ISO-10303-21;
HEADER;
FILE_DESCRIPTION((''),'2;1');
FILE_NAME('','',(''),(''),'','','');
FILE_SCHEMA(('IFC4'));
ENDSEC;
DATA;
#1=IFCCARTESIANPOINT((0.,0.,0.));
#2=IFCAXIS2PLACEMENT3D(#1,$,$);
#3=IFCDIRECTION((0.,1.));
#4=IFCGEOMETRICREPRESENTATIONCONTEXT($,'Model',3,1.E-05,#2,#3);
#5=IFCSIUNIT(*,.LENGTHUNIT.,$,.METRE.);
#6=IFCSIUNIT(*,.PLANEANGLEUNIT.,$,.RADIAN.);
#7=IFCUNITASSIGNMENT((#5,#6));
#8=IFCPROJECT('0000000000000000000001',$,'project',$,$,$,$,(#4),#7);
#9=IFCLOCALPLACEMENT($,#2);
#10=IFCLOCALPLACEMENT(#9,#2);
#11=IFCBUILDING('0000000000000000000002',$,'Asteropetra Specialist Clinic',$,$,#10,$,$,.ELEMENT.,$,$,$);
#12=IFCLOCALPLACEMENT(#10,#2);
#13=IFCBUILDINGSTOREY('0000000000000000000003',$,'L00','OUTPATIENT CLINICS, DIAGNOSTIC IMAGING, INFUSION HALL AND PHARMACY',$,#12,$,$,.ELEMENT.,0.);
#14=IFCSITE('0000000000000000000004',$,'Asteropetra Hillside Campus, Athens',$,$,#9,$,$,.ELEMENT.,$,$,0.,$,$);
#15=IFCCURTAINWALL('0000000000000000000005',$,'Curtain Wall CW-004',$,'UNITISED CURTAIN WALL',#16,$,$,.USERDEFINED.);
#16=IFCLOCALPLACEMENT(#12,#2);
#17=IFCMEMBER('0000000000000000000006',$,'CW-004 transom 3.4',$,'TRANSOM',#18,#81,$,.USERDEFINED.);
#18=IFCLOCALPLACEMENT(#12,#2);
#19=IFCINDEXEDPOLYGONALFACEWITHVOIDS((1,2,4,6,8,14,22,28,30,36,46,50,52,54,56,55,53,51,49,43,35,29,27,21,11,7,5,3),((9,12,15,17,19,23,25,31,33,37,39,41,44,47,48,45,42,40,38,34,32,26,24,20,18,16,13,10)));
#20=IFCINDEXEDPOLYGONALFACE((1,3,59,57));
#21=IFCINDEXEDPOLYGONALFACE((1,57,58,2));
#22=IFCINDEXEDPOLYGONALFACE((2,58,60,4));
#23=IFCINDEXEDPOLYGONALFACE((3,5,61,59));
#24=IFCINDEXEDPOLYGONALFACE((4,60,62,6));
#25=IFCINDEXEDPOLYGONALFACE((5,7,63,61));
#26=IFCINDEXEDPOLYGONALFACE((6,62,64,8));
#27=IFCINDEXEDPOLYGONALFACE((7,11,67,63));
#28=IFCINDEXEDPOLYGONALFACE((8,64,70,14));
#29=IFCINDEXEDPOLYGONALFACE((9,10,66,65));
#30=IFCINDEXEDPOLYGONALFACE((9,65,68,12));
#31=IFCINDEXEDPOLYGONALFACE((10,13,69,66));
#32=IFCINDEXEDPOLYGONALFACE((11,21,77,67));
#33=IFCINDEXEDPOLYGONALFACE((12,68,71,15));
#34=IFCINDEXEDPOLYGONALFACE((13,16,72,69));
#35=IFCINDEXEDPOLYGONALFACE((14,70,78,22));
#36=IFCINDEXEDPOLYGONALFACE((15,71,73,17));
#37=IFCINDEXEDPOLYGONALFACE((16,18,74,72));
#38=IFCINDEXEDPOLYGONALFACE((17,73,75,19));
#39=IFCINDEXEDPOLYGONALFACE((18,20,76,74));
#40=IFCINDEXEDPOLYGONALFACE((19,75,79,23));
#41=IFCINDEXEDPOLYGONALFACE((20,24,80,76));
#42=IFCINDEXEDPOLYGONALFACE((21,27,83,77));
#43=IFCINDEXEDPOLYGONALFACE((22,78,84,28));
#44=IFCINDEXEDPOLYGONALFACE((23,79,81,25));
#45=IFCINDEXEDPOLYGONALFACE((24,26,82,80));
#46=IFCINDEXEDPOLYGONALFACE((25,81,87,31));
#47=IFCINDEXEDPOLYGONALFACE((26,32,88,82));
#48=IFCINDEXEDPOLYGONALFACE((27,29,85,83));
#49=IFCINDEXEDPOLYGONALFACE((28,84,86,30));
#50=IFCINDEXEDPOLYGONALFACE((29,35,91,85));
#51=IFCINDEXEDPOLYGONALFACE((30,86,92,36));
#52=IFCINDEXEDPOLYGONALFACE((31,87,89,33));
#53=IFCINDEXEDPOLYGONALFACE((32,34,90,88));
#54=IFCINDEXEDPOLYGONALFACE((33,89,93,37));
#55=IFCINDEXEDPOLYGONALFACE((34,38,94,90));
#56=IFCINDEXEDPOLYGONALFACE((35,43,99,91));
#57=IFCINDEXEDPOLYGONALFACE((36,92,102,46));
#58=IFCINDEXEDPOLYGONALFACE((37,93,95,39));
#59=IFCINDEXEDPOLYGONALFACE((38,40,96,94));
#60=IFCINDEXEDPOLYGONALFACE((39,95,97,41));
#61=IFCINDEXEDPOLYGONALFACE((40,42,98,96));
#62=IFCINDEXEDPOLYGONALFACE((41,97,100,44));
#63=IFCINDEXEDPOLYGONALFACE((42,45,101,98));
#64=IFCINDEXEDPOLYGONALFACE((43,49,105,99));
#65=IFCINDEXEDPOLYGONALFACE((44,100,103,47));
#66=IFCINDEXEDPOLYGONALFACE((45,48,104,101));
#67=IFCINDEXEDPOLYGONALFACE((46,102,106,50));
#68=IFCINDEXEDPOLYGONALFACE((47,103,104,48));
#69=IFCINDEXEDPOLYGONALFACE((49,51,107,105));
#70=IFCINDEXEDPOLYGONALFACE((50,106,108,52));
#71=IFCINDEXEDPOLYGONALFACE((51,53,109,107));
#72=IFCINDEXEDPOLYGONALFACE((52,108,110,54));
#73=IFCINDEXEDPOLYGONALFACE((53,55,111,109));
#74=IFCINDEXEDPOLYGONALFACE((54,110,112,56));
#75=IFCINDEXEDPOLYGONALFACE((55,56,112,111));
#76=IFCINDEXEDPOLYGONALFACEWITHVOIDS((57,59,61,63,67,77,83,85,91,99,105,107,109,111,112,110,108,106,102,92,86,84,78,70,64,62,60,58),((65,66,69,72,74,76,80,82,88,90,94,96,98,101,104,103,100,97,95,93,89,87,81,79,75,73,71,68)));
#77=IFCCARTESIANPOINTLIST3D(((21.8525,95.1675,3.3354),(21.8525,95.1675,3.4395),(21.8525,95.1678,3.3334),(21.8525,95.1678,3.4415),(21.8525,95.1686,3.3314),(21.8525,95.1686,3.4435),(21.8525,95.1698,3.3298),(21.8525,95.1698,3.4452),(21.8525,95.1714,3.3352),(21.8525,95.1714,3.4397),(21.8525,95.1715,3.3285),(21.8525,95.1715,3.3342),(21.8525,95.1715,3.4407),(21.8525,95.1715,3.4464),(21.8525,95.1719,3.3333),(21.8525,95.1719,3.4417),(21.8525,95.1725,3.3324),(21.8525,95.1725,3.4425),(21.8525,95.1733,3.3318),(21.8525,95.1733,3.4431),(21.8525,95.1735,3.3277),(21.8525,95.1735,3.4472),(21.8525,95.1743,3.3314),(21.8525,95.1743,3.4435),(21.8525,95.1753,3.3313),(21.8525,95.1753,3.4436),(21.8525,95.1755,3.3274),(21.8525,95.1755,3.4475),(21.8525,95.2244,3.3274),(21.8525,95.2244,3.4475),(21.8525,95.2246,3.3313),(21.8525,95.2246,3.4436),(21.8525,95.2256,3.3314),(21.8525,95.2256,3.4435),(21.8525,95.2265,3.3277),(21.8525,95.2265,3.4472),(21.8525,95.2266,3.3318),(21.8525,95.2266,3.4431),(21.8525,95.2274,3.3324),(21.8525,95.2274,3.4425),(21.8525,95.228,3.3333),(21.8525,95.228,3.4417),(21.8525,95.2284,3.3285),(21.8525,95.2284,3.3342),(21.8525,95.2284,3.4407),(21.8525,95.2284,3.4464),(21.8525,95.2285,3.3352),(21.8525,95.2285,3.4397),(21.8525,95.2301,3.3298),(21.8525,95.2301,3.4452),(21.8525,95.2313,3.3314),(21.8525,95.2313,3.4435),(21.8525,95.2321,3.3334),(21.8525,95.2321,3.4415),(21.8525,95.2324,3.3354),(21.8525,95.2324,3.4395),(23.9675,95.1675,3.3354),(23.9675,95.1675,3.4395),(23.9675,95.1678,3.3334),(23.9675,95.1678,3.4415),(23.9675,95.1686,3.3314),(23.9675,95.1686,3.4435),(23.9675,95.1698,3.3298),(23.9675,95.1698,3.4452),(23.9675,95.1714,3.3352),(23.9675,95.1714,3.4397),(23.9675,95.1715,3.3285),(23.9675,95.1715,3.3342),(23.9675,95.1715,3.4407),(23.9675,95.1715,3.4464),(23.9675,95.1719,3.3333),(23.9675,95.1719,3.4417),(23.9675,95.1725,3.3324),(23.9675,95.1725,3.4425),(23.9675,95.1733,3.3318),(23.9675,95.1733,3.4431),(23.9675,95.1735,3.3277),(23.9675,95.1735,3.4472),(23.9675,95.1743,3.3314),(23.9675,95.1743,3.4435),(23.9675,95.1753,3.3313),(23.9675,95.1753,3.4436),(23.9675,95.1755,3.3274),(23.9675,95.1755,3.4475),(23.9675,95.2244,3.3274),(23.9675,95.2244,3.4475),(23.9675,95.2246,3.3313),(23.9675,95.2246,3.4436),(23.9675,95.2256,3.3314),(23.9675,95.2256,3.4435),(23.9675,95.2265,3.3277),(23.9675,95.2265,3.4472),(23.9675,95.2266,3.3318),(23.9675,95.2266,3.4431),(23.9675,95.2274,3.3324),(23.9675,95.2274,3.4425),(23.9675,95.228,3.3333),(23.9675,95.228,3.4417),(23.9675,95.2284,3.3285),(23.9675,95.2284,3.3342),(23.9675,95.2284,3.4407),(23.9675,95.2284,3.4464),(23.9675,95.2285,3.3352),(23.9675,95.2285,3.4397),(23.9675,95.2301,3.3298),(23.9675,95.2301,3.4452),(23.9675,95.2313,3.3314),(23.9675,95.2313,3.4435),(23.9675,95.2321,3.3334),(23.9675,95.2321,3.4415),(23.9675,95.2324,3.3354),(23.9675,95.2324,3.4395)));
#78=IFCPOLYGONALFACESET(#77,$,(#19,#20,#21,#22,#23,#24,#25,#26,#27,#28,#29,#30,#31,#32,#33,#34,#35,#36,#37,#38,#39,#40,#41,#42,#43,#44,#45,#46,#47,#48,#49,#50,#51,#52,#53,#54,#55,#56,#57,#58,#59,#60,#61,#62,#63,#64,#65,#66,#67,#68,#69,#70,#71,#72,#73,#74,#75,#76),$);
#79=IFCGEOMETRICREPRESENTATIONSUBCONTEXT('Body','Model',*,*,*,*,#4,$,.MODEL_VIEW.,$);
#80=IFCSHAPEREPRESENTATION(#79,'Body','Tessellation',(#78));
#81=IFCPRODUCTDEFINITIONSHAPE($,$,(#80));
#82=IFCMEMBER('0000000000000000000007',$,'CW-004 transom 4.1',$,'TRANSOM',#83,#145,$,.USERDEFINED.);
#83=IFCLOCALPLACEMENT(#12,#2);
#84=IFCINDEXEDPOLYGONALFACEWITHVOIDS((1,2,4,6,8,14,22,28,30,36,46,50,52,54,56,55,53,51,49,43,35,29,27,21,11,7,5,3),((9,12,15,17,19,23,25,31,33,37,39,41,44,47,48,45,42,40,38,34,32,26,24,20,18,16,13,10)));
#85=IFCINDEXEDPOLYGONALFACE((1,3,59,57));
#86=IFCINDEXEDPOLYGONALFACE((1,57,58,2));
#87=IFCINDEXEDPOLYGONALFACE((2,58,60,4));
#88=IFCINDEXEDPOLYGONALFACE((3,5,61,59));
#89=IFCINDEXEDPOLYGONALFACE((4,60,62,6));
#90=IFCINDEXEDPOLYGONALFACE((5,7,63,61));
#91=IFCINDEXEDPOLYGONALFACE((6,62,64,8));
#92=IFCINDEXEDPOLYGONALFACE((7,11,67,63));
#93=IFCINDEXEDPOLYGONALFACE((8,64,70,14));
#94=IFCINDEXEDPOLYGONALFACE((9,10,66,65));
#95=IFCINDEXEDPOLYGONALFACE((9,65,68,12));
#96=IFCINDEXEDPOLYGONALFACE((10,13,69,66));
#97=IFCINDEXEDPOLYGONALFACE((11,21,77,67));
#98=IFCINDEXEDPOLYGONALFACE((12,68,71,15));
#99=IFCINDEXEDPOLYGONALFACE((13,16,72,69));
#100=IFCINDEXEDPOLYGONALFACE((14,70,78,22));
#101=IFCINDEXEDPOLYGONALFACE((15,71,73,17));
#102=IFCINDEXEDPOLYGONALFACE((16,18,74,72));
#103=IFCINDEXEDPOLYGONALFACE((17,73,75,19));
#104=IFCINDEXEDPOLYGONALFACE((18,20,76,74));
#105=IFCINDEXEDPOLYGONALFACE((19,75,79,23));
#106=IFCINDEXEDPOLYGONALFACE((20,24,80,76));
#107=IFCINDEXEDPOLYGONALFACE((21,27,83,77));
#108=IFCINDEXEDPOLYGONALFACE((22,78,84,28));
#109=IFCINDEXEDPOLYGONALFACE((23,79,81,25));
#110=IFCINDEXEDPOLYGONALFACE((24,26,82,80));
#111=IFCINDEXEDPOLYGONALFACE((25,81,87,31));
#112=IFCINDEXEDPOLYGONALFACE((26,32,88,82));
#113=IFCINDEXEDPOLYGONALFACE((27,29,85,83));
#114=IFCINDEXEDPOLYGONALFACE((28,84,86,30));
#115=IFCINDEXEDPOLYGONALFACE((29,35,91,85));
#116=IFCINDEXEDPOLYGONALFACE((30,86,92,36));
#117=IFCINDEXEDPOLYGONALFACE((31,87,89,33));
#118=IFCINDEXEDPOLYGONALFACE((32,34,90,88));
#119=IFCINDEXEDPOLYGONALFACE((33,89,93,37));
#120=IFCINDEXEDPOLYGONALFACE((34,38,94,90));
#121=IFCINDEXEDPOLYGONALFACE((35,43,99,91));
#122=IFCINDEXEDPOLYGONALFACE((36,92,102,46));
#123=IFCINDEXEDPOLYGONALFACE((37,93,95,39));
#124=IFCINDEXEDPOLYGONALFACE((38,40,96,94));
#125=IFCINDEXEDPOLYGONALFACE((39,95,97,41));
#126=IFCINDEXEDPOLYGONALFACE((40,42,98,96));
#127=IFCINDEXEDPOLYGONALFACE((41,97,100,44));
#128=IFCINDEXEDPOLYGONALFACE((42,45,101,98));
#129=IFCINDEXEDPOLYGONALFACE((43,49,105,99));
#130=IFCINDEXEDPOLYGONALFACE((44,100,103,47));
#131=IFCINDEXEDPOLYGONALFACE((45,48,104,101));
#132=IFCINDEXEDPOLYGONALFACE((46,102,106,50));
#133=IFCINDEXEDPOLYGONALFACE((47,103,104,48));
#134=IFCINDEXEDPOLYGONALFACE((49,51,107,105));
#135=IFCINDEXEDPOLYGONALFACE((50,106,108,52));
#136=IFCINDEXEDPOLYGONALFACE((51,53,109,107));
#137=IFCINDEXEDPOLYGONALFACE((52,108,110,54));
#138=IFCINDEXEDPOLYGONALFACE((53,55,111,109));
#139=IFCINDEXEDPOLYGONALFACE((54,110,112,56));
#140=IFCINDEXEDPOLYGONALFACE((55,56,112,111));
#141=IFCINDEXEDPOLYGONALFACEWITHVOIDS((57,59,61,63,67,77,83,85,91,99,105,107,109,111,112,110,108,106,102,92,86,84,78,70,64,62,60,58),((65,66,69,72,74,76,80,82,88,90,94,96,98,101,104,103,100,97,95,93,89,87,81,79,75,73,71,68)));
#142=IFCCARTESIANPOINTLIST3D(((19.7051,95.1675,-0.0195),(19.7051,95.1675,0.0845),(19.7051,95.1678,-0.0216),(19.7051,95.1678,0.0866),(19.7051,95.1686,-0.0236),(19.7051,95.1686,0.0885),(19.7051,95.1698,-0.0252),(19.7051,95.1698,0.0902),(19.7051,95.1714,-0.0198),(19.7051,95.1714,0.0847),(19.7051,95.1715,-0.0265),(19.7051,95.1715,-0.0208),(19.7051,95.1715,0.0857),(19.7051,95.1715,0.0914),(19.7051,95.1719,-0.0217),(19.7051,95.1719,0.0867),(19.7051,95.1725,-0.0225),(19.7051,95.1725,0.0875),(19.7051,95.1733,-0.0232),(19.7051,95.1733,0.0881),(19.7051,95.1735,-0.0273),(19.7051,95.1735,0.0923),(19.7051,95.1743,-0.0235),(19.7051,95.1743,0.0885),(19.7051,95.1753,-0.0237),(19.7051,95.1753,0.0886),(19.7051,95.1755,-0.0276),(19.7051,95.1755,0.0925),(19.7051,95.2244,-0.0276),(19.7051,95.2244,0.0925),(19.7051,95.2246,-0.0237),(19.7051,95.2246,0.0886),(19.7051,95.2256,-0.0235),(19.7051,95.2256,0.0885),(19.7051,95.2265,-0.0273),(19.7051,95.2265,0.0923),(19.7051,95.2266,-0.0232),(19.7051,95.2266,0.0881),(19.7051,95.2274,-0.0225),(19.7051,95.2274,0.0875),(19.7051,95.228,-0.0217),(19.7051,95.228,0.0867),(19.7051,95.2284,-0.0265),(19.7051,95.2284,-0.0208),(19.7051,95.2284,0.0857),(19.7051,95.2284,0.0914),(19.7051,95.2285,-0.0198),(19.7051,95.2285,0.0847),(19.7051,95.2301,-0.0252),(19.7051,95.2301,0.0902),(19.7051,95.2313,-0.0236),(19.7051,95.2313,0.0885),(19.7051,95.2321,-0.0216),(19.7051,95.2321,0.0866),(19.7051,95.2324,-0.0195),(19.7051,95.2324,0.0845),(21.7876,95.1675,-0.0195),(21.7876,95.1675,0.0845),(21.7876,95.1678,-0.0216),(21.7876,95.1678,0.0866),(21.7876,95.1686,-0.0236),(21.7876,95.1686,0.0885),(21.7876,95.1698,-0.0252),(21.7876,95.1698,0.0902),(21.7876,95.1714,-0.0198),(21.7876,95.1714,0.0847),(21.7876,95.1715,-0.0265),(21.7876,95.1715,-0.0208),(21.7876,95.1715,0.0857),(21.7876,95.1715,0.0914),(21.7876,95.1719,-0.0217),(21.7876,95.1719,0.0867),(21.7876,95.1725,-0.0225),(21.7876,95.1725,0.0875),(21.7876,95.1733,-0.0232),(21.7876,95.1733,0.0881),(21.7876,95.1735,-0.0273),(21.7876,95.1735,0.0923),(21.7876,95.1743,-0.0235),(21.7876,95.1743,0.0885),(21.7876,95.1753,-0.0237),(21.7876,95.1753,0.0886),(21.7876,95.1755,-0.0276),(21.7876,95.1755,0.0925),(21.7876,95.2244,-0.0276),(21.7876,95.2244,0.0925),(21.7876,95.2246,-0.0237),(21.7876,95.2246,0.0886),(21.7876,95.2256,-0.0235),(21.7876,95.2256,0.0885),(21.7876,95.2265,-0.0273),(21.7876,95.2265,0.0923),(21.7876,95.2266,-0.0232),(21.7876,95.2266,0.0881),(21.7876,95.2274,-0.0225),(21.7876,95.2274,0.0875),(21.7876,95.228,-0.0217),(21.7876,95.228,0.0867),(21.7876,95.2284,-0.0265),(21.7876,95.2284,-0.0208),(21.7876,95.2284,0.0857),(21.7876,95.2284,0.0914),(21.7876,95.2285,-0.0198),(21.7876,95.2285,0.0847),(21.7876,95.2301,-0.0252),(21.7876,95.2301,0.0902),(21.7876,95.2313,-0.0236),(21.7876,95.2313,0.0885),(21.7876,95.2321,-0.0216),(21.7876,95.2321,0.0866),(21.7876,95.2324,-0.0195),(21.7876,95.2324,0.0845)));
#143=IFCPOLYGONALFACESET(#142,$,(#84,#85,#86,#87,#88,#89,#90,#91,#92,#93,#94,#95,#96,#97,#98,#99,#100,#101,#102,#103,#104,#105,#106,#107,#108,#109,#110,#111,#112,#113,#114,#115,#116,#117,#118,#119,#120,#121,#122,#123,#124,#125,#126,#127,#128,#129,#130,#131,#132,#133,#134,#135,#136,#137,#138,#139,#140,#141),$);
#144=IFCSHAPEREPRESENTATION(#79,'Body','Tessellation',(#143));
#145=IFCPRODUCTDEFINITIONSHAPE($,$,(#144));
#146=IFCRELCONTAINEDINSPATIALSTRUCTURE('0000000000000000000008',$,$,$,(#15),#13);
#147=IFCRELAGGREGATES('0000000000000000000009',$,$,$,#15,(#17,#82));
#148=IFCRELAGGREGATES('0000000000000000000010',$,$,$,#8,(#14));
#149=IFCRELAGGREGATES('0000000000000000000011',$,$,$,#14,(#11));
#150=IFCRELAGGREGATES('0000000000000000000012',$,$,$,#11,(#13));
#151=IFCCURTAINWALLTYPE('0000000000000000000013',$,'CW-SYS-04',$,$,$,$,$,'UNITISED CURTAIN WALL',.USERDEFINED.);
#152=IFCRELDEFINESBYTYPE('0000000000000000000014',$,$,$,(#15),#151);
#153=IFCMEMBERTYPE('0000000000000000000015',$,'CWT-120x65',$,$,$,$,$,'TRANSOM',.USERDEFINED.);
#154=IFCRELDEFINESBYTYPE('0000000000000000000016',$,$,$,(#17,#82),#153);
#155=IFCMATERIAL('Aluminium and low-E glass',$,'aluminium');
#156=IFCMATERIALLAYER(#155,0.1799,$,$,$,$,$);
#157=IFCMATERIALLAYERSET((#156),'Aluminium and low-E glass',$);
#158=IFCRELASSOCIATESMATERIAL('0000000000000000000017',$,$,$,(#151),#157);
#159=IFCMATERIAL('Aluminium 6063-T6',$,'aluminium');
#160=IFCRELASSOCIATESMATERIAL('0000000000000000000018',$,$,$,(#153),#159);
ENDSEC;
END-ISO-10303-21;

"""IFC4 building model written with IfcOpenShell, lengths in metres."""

from ifc_helpers import new_model, si_unit, direction, frame, origin, origin_2d, place, context, subcontext, project, spatial, hollow_rectangle, extrude, material, layer, layer_set, material_profile, profile_set, type_object, element, aggregate, save


model = new_model("IFC4")

# Units and contexts
model_context = context("Model", 3, precision=1e-05, world=origin(), true_north=direction((0.0, 1.0)))
body_context = subcontext(model_context, "Body", "Model", "MODEL_VIEW")
ifc_project = project(units=[si_unit("LENGTHUNIT", "METRE"), si_unit("PLANEANGLEUNIT", "RADIAN")], contexts=[model_context])

# Site, building, storey
site_placement = place(None, origin())
site = spatial("IfcSite", under=ifc_project, at=site_placement, Name="Asteropetra Hillside Campus, Athens", CompositionType="ELEMENT", RefElevation=0.0)
building_placement = place(site_placement, origin())
building = spatial("IfcBuilding", under=site, at=building_placement, Name="Asteropetra Specialist Clinic", CompositionType="ELEMENT")
storey_placement = place(building_placement, origin())
storey = spatial("IfcBuildingStorey", under=building, at=storey_placement, Name="L00", Description="OUTPATIENT CLINICS, DIAGNOSTIC IMAGING, INFUSION HALL AND PHARMACY", CompositionType="ELEMENT", Elevation=0.0)

# Curtain wall
ifc_material_1 = material(Name="Aluminium and low-E glass", Category="aluminium")
ifc_layer_1 = layer(ifc_material_1, 0.1799)
ifc_layer_set_1 = layer_set([ifc_layer_1], Name="Aluminium and low-E glass")
curtain_wall_type_1 = type_object("IfcCurtainWallType", Name="CW-SYS-04", ElementType="UNITISED CURTAIN WALL", PredefinedType="USERDEFINED", material=ifc_layer_set_1)
curtain_wall_1_placement = place(storey_placement, origin())
curtain_wall_1 = element("IfcCurtainWall", 1, at=curtain_wall_1_placement, inside=storey, type_object=curtain_wall_type_1, Name="Curtain Wall CW-004", ObjectType="UNITISED CURTAIN WALL", PredefinedType="USERDEFINED")

# Members
ifc_material_2 = material(Name="Aluminium 6063-T6", Category="aluminium")
ifc_material_profile_1 = material_profile(ifc_material_2, hollow_rectangle(XDim=0.0649, YDim=0.1201, WallThickness=0.0039, InnerFilletRadius=0.0039, OuterFilletRadius=0.0081, at=origin_2d()), Name="TRN 120x65x4.0")
ifc_profile_set_1 = profile_set([ifc_material_profile_1], Name="Aluminium 6063-T6")
member_type_1 = type_object("IfcMemberType", Name="CWT-120x65", ElementType="TRANSOM", PredefinedType="USERDEFINED", material=ifc_profile_set_1)
member_1_placement = place(storey_placement, frame((23.9675, 95.2, 3.3875), z_axis=(-1.0, 0.0, 0.0), x_axis=(0.0, -1.0, 0.0)))
member_1 = element("IfcMember", 2, at=member_1_placement, type_object=member_type_1, Name="CW-004 transom 3.4", ObjectType="TRANSOM", PredefinedType="USERDEFINED", context=body_context, shape_type="SweptSolid", body=[
    extrude(hollow_rectangle(XDim=0.0649, YDim=0.1201, WallThickness=0.0039, InnerFilletRadius=0.0039, OuterFilletRadius=0.0081, at=origin_2d()), origin(), (0.0, 0.0, 1.0), 2.115),
])
member_2_placement = place(storey_placement, frame((21.7876, 95.2, 0.0325), z_axis=(-1.0, 0.0, 0.0), x_axis=(0.0, -1.0, 0.0)))
member_2 = element("IfcMember", 3, at=member_2_placement, type_object=member_type_1, Name="CW-004 transom 4.1", ObjectType="TRANSOM", PredefinedType="USERDEFINED", context=body_context, shape_type="SweptSolid", body=[
    extrude(hollow_rectangle(XDim=0.0649, YDim=0.1201, WallThickness=0.0039, InnerFilletRadius=0.0039, OuterFilletRadius=0.0081, at=origin_2d()), origin(), (0.0, 0.0, 1.0), 2.0825),
])

aggregate(curtain_wall_1, [member_1, member_2])

save(model, "model.ifc")
